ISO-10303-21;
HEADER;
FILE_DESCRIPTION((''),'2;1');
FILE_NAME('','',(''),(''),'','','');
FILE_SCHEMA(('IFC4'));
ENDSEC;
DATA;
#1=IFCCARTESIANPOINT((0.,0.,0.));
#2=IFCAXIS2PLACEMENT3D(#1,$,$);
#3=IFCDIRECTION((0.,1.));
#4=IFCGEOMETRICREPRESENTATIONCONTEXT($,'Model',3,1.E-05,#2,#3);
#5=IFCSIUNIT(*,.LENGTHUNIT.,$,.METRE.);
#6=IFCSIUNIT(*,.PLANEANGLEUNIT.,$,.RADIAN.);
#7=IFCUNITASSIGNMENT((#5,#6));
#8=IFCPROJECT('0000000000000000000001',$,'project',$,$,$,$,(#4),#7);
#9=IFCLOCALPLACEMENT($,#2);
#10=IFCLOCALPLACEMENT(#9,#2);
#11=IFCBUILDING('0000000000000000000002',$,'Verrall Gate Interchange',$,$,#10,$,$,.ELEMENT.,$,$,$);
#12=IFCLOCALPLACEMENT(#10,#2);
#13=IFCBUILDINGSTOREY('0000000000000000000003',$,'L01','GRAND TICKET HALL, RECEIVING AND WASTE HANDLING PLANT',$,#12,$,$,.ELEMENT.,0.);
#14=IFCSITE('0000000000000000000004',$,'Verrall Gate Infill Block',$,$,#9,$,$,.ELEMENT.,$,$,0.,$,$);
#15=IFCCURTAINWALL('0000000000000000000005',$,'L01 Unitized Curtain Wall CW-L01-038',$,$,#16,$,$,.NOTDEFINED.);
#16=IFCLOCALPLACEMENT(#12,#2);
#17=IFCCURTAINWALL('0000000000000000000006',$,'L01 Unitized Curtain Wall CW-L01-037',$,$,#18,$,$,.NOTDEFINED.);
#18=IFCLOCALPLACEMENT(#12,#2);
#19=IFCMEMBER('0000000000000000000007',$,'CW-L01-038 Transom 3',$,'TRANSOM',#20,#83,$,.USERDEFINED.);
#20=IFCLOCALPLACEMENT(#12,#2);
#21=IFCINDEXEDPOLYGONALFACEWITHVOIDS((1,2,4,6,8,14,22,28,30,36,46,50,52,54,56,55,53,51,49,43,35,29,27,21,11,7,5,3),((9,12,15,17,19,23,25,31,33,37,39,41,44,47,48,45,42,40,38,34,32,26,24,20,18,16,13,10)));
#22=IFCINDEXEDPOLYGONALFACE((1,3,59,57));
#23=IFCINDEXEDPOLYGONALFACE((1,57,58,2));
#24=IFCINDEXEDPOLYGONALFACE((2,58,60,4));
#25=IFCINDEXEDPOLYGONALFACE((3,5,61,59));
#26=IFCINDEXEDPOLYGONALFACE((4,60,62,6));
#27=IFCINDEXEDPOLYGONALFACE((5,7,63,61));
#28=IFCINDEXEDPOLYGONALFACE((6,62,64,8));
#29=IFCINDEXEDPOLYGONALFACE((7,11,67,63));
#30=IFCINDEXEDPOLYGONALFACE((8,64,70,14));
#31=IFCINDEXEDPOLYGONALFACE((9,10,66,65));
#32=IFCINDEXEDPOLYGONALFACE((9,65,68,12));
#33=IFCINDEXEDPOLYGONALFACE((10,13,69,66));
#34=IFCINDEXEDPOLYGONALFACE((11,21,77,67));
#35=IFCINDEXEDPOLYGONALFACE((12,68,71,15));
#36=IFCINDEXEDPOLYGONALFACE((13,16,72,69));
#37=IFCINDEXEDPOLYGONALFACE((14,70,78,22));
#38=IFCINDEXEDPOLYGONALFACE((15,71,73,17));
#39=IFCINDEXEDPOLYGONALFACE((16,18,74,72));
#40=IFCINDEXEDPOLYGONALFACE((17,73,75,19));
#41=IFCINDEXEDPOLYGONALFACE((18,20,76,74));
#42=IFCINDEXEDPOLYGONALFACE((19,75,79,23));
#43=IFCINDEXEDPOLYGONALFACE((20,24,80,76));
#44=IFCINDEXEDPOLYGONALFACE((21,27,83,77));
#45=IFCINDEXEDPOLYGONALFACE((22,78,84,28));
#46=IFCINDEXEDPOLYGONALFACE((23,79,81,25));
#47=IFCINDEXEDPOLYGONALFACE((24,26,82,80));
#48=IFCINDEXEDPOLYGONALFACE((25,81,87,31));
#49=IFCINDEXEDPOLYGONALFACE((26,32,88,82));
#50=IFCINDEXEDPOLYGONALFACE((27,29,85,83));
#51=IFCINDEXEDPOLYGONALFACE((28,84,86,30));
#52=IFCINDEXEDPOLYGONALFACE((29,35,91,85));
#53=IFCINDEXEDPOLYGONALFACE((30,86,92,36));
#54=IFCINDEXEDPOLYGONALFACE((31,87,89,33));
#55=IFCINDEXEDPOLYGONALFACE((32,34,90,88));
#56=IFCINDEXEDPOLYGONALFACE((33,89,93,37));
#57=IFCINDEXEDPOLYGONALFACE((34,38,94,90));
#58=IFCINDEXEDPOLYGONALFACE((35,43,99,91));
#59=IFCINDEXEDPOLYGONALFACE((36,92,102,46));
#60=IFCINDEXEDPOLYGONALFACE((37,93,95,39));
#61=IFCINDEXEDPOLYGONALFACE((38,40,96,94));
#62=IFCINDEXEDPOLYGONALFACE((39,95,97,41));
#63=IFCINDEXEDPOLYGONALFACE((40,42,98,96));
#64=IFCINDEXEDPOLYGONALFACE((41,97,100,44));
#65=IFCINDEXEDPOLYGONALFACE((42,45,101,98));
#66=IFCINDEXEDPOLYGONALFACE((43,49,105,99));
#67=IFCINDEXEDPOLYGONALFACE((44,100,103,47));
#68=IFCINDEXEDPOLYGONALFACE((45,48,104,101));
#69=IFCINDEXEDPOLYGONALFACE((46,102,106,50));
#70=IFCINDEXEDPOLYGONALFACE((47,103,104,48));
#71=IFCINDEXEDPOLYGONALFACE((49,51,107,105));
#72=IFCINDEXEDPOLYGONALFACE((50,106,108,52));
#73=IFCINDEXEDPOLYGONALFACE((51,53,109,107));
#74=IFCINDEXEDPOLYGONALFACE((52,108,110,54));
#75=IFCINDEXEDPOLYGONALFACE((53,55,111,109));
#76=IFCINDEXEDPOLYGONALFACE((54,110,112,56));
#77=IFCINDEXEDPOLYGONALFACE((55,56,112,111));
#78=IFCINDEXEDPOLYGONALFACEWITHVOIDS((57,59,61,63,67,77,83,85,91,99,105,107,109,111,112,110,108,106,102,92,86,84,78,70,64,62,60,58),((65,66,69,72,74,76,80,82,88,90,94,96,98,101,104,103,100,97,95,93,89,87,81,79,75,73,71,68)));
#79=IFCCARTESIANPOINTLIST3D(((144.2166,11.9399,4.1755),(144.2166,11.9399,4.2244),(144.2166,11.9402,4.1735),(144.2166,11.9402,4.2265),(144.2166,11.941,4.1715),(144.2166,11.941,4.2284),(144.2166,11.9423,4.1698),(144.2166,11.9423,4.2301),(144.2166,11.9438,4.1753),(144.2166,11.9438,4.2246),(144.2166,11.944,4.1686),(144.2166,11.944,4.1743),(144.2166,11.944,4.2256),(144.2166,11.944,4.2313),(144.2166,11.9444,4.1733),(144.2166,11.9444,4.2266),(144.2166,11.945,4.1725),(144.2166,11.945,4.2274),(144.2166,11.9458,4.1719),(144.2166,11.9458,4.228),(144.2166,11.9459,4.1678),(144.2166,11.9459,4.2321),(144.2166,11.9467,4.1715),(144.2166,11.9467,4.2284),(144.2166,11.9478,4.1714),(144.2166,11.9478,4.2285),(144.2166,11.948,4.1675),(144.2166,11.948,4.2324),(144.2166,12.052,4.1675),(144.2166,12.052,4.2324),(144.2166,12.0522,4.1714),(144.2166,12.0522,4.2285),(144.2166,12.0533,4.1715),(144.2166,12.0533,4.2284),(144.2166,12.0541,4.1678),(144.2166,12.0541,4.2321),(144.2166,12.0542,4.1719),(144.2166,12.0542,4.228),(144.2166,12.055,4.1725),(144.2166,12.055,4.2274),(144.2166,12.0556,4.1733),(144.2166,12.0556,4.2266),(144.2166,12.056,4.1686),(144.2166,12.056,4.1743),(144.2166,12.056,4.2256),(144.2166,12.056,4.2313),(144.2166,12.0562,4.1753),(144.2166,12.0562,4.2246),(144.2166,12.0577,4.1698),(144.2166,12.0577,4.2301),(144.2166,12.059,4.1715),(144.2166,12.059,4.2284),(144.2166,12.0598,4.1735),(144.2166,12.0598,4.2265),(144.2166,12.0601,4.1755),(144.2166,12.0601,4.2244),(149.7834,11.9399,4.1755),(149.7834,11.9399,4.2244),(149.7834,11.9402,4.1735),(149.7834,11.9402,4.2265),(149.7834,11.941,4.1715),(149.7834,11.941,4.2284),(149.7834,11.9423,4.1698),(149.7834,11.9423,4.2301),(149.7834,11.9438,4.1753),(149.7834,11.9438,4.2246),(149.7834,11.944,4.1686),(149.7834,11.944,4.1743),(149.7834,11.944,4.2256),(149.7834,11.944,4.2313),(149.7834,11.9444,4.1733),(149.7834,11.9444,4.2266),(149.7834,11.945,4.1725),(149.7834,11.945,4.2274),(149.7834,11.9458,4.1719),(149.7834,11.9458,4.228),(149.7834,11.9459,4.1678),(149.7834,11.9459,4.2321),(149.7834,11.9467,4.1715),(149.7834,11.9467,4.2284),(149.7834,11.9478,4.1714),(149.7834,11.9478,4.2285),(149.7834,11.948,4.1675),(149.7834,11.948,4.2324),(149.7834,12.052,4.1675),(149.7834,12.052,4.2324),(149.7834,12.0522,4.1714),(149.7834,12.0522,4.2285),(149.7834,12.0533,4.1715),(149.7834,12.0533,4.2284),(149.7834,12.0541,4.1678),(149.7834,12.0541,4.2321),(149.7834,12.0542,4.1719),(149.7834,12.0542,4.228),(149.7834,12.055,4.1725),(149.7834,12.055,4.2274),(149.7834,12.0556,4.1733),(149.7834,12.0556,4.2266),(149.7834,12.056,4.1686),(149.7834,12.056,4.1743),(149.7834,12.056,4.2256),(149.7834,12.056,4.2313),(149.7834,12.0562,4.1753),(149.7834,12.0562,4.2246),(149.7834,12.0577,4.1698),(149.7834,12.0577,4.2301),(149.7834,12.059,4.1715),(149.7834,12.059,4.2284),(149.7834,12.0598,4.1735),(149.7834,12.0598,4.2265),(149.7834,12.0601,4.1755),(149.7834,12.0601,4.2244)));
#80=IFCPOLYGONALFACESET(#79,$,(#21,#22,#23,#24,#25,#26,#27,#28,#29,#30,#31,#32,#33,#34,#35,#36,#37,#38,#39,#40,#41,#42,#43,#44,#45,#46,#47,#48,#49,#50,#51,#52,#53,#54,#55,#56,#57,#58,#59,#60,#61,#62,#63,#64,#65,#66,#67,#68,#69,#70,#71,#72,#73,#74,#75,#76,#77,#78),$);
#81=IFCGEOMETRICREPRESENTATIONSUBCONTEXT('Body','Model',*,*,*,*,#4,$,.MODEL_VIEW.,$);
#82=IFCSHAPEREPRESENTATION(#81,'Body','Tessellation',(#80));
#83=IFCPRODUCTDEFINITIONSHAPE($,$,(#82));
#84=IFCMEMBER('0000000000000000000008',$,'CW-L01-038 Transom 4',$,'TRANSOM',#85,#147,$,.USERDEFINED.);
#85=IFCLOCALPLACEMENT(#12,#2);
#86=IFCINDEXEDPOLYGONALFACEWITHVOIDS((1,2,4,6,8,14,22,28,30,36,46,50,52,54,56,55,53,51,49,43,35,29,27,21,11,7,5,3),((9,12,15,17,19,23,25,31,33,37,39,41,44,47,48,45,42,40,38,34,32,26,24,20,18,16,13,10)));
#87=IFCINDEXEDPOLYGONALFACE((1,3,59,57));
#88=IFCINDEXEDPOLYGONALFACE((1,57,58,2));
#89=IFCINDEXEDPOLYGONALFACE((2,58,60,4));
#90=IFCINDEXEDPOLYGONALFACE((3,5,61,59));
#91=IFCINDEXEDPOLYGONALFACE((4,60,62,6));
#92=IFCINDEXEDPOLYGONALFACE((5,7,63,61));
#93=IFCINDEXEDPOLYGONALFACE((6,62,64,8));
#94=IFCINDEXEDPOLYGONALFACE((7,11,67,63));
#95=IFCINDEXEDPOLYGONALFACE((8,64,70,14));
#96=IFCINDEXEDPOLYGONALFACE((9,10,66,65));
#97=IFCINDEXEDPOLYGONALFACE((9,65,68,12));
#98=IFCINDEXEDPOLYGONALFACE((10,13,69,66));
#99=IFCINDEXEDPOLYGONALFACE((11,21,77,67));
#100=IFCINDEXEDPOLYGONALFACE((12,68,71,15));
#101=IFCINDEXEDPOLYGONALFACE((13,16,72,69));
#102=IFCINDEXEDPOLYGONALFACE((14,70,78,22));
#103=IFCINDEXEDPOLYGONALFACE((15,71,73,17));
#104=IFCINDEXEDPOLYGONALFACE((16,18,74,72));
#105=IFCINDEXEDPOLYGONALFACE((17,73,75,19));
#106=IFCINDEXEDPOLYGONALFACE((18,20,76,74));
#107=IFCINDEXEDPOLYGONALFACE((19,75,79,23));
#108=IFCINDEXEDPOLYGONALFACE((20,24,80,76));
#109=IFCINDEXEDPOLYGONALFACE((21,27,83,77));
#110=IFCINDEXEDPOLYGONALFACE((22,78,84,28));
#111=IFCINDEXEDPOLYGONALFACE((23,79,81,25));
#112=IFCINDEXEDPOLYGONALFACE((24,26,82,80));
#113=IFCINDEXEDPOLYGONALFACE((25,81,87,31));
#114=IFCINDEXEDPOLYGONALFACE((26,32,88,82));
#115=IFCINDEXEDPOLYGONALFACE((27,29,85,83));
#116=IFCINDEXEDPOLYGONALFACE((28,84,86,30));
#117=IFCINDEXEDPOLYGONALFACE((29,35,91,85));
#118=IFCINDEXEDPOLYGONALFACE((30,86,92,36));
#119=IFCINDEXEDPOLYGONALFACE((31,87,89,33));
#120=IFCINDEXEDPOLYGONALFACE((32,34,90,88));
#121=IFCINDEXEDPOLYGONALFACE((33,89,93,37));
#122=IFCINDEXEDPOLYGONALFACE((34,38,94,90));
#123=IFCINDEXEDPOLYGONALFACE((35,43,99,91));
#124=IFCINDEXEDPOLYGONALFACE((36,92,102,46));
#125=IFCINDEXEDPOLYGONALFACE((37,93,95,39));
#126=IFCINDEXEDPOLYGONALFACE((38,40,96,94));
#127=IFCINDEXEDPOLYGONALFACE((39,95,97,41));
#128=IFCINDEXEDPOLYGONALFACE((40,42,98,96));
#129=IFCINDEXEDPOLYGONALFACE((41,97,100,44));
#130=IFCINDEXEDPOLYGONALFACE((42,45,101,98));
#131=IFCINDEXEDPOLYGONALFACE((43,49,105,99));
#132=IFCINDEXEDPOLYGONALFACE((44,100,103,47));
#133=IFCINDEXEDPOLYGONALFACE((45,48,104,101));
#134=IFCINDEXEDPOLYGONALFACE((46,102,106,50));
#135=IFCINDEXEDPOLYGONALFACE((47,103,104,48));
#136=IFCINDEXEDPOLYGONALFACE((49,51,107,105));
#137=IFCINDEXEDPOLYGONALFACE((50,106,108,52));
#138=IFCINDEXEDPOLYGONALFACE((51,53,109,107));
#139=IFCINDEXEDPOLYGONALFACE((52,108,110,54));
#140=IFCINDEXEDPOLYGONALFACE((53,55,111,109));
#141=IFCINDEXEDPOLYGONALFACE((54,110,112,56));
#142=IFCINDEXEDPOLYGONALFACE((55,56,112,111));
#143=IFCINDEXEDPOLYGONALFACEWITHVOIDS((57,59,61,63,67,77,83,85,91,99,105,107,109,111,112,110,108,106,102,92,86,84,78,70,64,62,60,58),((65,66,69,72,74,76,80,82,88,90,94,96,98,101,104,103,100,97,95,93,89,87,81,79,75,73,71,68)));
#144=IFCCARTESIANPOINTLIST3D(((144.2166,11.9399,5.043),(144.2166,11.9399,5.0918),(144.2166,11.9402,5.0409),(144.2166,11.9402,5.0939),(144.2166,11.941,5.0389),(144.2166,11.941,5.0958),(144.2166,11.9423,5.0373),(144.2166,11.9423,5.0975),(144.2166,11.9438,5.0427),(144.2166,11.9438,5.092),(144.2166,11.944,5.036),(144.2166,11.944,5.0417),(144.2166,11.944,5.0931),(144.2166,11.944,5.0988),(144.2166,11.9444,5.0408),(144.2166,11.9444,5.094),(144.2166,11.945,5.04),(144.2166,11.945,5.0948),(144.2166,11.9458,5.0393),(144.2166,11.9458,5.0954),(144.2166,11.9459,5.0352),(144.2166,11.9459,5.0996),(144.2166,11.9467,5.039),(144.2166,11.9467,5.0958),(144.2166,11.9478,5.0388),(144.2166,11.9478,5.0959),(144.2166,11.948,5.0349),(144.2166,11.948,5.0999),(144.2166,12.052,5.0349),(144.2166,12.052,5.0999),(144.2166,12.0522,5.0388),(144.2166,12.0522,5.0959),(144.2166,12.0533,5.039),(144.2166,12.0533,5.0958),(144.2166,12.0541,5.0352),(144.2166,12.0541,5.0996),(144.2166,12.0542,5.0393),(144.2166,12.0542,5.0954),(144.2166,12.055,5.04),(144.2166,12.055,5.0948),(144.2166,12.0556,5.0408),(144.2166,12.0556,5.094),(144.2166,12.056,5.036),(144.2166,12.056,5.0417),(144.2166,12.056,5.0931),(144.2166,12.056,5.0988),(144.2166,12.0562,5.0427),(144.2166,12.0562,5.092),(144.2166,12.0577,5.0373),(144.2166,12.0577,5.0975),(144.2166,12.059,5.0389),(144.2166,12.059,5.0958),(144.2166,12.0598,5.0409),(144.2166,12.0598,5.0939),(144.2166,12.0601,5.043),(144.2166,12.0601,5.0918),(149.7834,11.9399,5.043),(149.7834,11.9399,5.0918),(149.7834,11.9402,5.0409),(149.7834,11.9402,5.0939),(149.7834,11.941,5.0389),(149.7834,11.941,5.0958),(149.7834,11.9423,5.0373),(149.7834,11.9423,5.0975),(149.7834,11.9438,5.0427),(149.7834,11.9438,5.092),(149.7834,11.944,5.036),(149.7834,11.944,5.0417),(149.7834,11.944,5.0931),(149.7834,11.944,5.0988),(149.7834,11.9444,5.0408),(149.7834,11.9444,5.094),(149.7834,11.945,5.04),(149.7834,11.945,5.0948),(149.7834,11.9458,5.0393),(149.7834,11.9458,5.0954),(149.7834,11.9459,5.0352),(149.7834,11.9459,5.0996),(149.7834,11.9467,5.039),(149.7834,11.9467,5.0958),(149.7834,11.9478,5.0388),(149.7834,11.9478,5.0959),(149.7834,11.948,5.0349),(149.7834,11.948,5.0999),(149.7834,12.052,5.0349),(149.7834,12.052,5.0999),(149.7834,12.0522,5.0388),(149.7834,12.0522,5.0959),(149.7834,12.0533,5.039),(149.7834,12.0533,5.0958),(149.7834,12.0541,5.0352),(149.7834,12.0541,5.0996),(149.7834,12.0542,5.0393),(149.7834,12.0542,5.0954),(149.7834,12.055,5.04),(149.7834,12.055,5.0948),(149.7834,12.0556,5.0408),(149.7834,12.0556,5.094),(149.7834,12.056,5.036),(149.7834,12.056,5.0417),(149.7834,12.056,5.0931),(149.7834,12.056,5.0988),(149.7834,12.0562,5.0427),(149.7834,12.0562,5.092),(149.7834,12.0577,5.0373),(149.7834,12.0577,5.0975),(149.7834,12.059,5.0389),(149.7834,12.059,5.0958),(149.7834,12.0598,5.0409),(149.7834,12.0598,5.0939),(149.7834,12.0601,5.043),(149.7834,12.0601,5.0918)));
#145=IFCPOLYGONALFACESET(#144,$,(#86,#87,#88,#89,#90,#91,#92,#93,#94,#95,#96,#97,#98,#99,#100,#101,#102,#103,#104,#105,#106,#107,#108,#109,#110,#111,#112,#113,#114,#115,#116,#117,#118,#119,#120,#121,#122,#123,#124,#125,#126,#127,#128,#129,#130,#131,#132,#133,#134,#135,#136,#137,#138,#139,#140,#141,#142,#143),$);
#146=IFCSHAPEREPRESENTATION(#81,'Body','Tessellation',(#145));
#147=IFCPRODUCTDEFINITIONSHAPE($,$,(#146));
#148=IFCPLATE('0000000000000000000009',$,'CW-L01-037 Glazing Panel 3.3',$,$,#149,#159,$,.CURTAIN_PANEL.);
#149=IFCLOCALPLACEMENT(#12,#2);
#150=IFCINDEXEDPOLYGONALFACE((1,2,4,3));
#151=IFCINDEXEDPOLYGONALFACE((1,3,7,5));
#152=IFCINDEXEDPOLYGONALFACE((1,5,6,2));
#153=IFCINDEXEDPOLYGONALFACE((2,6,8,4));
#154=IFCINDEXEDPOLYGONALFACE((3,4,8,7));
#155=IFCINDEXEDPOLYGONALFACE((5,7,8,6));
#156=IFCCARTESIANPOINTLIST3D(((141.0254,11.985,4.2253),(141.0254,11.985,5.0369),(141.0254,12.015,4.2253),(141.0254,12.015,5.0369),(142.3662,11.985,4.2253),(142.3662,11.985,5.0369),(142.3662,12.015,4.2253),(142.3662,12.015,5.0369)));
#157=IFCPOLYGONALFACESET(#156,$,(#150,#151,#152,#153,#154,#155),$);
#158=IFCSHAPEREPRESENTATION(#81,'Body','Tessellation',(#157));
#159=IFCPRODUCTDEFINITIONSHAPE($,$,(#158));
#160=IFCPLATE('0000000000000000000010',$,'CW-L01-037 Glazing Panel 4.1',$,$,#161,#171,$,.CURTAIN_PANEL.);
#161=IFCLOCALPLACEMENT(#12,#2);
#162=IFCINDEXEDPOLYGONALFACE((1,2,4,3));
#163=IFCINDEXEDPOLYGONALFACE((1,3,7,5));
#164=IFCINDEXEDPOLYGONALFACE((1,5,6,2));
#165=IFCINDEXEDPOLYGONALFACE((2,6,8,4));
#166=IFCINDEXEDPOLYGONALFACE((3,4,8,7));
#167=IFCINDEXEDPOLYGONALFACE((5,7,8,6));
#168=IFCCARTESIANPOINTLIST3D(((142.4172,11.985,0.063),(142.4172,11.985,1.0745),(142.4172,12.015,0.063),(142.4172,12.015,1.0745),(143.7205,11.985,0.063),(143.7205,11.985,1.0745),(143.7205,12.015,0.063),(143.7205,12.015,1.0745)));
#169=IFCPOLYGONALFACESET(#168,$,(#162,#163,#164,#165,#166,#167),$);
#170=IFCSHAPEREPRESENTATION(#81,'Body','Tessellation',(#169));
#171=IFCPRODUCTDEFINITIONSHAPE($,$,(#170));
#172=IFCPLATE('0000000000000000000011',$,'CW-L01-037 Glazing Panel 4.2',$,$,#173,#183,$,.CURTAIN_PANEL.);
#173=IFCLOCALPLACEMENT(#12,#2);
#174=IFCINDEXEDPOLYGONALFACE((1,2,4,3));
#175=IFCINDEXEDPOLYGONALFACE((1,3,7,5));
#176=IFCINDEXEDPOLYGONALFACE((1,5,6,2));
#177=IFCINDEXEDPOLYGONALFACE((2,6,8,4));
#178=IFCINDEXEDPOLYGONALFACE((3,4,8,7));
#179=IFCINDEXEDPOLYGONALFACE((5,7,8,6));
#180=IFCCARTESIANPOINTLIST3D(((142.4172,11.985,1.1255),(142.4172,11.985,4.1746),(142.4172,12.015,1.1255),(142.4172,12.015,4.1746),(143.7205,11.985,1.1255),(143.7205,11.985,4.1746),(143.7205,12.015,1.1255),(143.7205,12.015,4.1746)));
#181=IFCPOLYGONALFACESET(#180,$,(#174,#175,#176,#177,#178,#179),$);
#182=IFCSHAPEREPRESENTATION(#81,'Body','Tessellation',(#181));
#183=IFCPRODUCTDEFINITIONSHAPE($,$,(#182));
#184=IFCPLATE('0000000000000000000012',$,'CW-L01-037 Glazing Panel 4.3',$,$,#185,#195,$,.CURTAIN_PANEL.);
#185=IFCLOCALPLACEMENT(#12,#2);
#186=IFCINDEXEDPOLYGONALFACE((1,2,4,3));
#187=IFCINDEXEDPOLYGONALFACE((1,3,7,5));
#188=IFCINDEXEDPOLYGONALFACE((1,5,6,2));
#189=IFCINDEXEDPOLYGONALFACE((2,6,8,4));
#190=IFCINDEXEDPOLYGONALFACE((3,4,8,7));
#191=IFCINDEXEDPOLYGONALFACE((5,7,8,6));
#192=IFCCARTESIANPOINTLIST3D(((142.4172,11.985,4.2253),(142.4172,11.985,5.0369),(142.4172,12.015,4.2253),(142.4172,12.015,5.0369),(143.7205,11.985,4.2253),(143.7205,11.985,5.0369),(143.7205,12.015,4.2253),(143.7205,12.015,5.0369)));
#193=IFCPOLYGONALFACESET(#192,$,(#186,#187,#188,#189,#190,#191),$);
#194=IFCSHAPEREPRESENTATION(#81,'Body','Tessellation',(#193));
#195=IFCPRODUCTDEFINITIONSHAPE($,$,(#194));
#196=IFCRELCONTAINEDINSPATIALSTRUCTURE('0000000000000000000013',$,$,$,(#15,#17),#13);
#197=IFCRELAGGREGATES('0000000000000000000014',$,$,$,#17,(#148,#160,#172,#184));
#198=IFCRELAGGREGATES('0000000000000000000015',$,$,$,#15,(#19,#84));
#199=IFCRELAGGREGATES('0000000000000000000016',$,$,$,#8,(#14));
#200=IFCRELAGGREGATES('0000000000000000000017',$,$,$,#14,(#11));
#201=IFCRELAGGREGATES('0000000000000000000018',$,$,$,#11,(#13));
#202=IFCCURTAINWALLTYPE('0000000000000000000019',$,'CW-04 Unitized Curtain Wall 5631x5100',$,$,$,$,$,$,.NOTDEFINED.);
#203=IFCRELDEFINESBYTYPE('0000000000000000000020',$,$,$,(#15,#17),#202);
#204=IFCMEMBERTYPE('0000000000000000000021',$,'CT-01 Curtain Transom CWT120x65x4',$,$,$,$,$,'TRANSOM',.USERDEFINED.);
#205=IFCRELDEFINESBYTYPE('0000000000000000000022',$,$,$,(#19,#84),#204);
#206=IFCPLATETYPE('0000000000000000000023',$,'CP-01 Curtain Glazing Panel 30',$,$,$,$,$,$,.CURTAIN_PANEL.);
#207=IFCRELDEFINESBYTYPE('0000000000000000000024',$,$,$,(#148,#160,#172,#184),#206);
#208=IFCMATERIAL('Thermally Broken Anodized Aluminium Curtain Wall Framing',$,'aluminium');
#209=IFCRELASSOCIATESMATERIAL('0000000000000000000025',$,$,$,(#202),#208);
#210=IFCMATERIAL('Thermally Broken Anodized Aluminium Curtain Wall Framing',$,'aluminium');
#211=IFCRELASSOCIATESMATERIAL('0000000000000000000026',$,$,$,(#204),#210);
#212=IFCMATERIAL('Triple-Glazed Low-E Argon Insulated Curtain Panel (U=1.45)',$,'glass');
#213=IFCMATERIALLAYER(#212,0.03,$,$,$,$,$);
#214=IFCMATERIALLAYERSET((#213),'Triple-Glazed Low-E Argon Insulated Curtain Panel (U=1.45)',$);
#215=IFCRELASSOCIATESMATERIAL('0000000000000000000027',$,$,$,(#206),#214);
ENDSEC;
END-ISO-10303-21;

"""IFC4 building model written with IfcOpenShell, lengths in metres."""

from ifc_helpers import new_model, si_unit, direction, frame, origin, origin_2d, place, context, subcontext, project, spatial, rectangle, hollow_rectangle, extrude, material, layer, layer_set, material_profile, profile_set, type_object, element, aggregate, save


model = new_model("IFC4")

# Units and contexts
model_context = context("Model", 3, precision=1e-05, world=origin(), true_north=direction((0.0, 1.0)))
body_context = subcontext(model_context, "Body", "Model", "MODEL_VIEW")
ifc_project = project(units=[si_unit("LENGTHUNIT", "METRE"), si_unit("PLANEANGLEUNIT", "RADIAN")], contexts=[model_context])

# Site, building, storey
site_placement = place(None, origin())
site = spatial("IfcSite", under=ifc_project, at=site_placement, Name="Verrall Gate Infill Block", CompositionType="ELEMENT", RefElevation=0.0)
building_placement = place(site_placement, origin())
building = spatial("IfcBuilding", under=site, at=building_placement, Name="Verrall Gate Interchange", CompositionType="ELEMENT")
storey_placement = place(building_placement, origin())
storey = spatial("IfcBuildingStorey", under=building, at=storey_placement, Name="L01", Description="GRAND TICKET HALL, RECEIVING AND WASTE HANDLING PLANT", CompositionType="ELEMENT", Elevation=0.0)

# Curtain walls
ifc_material_1 = material(Name="Thermally Broken Anodized Aluminium Curtain Wall Framing", Category="aluminium")
curtain_wall_type = type_object("IfcCurtainWallType", Name="CW-04 Unitized Curtain Wall 5631x5100", PredefinedType="NOTDEFINED", material=ifc_material_1)
curtain_wall_1_placement = place(storey_placement, origin())
curtain_wall_1 = element("IfcCurtainWall", 1, at=curtain_wall_1_placement, inside=storey, type_object=curtain_wall_type, Name="L01 Unitized Curtain Wall CW-L01-038", PredefinedType="NOTDEFINED")
curtain_wall_2_placement = place(storey_placement, origin())
curtain_wall_2 = element("IfcCurtainWall", 2, at=curtain_wall_2_placement, inside=storey, type_object=curtain_wall_type, Name="L01 Unitized Curtain Wall CW-L01-037", PredefinedType="NOTDEFINED")

# Members
ifc_material_2 = material(Name="Thermally Broken Anodized Aluminium Curtain Wall Framing", Category="aluminium")
ifc_material_profile_1 = material_profile(ifc_material_2, hollow_rectangle(XDim=0.1201, YDim=0.0649, WallThickness=0.0039, InnerFilletRadius=0.0039, OuterFilletRadius=0.0081, at=origin_2d()), Name="CWT120x65x4")
ifc_profile_set_1 = profile_set([ifc_material_profile_1], Name="Thermally Broken Anodized Aluminium Curtain Wall Framing")
member_type_1 = type_object("IfcMemberType", Name="CT-01 Curtain Transom CWT120x65x4", ElementType="TRANSOM", PredefinedType="USERDEFINED", material=ifc_profile_set_1)
member_1_placement = place(storey_placement, frame((144.2166, 12.0, 4.2), z_axis=(1.0, 0.0, 0.0), x_axis=(0.0, 1.0, 0.0)))
member_1 = element("IfcMember", 3, at=member_1_placement, type_object=member_type_1, Name="CW-L01-038 Transom 3", ObjectType="TRANSOM", PredefinedType="USERDEFINED", context=body_context, shape_type="SweptSolid", body=[
    extrude(hollow_rectangle(XDim=0.1201, YDim=0.0649, WallThickness=0.0039, InnerFilletRadius=0.0039, OuterFilletRadius=0.0081, at=origin_2d()), origin(), (0.0, 0.0, 1.0), 5.5669),
])
member_2_placement = place(storey_placement, frame((144.2166, 12.0, 5.0674), z_axis=(1.0, 0.0, 0.0), x_axis=(0.0, 1.0, 0.0)))
member_2 = element("IfcMember", 4, at=member_2_placement, type_object=member_type_1, Name="CW-L01-038 Transom 4", ObjectType="TRANSOM", PredefinedType="USERDEFINED", context=body_context, shape_type="SweptSolid", body=[
    extrude(hollow_rectangle(XDim=0.1201, YDim=0.0649, WallThickness=0.0039, InnerFilletRadius=0.0039, OuterFilletRadius=0.0081, at=origin_2d()), origin(), (0.0, 0.0, 1.0), 5.5669),
])

# Plates
ifc_material_3 = material(Name="Triple-Glazed Low-E Argon Insulated Curtain Panel (U=1.45)", Category="glass")
ifc_layer_1 = layer(ifc_material_3, 0.03)
ifc_layer_set_1 = layer_set([ifc_layer_1], Name="Triple-Glazed Low-E Argon Insulated Curtain Panel (U=1.45)")
plate_type_1 = type_object("IfcPlateType", Name="CP-01 Curtain Glazing Panel 30", PredefinedType="CURTAIN_PANEL", material=ifc_layer_set_1)
plate_1_placement = place(storey_placement, frame((141.6958, 12.0, 4.2253), z_axis=(0.0, 0.0, 1.0), x_axis=(1.0, 0.0, 0.0)))
plate_1 = element("IfcPlate", 5, at=plate_1_placement, type_object=plate_type_1, Name="CW-L01-037 Glazing Panel 3.3", PredefinedType="CURTAIN_PANEL", context=body_context, shape_type="SweptSolid", body=[
    extrude(rectangle(XDim=1.3408, YDim=0.03, at=origin_2d()), origin(), (0.0, 0.0, 1.0), 0.8115),
])
plate_2_placement = place(storey_placement, frame((143.0688, 12.0, 0.063), z_axis=(0.0, 0.0, 1.0), x_axis=(1.0, 0.0, 0.0)))
plate_2 = element("IfcPlate", 6, at=plate_2_placement, type_object=plate_type_1, Name="CW-L01-037 Glazing Panel 4.1", PredefinedType="CURTAIN_PANEL", context=body_context, shape_type="SweptSolid", body=[
    extrude(rectangle(XDim=1.3032, YDim=0.03, at=origin_2d()), origin(), (0.0, 0.0, 1.0), 1.0115),
])
plate_3_placement = place(storey_placement, frame((143.0688, 12.0, 1.1255), z_axis=(0.0, 0.0, 1.0), x_axis=(1.0, 0.0, 0.0)))
plate_3 = element("IfcPlate", 7, at=plate_3_placement, type_object=plate_type_1, Name="CW-L01-037 Glazing Panel 4.2", PredefinedType="CURTAIN_PANEL", context=body_context, shape_type="SweptSolid", body=[
    extrude(rectangle(XDim=1.3032, YDim=0.03, at=origin_2d()), origin(), (0.0, 0.0, 1.0), 3.0491),
])
plate_4_placement = place(storey_placement, frame((143.0688, 12.0, 4.2253), z_axis=(0.0, 0.0, 1.0), x_axis=(1.0, 0.0, 0.0)))
plate_4 = element("IfcPlate", 8, at=plate_4_placement, type_object=plate_type_1, Name="CW-L01-037 Glazing Panel 4.3", PredefinedType="CURTAIN_PANEL", context=body_context, shape_type="SweptSolid", body=[
    extrude(rectangle(XDim=1.3032, YDim=0.03, at=origin_2d()), origin(), (0.0, 0.0, 1.0), 0.8115),
])
aggregate(curtain_wall_2, [plate_1, plate_2, plate_3, plate_4])
aggregate(curtain_wall_1, [member_1, member_2])

save(model, "model.ifc")
